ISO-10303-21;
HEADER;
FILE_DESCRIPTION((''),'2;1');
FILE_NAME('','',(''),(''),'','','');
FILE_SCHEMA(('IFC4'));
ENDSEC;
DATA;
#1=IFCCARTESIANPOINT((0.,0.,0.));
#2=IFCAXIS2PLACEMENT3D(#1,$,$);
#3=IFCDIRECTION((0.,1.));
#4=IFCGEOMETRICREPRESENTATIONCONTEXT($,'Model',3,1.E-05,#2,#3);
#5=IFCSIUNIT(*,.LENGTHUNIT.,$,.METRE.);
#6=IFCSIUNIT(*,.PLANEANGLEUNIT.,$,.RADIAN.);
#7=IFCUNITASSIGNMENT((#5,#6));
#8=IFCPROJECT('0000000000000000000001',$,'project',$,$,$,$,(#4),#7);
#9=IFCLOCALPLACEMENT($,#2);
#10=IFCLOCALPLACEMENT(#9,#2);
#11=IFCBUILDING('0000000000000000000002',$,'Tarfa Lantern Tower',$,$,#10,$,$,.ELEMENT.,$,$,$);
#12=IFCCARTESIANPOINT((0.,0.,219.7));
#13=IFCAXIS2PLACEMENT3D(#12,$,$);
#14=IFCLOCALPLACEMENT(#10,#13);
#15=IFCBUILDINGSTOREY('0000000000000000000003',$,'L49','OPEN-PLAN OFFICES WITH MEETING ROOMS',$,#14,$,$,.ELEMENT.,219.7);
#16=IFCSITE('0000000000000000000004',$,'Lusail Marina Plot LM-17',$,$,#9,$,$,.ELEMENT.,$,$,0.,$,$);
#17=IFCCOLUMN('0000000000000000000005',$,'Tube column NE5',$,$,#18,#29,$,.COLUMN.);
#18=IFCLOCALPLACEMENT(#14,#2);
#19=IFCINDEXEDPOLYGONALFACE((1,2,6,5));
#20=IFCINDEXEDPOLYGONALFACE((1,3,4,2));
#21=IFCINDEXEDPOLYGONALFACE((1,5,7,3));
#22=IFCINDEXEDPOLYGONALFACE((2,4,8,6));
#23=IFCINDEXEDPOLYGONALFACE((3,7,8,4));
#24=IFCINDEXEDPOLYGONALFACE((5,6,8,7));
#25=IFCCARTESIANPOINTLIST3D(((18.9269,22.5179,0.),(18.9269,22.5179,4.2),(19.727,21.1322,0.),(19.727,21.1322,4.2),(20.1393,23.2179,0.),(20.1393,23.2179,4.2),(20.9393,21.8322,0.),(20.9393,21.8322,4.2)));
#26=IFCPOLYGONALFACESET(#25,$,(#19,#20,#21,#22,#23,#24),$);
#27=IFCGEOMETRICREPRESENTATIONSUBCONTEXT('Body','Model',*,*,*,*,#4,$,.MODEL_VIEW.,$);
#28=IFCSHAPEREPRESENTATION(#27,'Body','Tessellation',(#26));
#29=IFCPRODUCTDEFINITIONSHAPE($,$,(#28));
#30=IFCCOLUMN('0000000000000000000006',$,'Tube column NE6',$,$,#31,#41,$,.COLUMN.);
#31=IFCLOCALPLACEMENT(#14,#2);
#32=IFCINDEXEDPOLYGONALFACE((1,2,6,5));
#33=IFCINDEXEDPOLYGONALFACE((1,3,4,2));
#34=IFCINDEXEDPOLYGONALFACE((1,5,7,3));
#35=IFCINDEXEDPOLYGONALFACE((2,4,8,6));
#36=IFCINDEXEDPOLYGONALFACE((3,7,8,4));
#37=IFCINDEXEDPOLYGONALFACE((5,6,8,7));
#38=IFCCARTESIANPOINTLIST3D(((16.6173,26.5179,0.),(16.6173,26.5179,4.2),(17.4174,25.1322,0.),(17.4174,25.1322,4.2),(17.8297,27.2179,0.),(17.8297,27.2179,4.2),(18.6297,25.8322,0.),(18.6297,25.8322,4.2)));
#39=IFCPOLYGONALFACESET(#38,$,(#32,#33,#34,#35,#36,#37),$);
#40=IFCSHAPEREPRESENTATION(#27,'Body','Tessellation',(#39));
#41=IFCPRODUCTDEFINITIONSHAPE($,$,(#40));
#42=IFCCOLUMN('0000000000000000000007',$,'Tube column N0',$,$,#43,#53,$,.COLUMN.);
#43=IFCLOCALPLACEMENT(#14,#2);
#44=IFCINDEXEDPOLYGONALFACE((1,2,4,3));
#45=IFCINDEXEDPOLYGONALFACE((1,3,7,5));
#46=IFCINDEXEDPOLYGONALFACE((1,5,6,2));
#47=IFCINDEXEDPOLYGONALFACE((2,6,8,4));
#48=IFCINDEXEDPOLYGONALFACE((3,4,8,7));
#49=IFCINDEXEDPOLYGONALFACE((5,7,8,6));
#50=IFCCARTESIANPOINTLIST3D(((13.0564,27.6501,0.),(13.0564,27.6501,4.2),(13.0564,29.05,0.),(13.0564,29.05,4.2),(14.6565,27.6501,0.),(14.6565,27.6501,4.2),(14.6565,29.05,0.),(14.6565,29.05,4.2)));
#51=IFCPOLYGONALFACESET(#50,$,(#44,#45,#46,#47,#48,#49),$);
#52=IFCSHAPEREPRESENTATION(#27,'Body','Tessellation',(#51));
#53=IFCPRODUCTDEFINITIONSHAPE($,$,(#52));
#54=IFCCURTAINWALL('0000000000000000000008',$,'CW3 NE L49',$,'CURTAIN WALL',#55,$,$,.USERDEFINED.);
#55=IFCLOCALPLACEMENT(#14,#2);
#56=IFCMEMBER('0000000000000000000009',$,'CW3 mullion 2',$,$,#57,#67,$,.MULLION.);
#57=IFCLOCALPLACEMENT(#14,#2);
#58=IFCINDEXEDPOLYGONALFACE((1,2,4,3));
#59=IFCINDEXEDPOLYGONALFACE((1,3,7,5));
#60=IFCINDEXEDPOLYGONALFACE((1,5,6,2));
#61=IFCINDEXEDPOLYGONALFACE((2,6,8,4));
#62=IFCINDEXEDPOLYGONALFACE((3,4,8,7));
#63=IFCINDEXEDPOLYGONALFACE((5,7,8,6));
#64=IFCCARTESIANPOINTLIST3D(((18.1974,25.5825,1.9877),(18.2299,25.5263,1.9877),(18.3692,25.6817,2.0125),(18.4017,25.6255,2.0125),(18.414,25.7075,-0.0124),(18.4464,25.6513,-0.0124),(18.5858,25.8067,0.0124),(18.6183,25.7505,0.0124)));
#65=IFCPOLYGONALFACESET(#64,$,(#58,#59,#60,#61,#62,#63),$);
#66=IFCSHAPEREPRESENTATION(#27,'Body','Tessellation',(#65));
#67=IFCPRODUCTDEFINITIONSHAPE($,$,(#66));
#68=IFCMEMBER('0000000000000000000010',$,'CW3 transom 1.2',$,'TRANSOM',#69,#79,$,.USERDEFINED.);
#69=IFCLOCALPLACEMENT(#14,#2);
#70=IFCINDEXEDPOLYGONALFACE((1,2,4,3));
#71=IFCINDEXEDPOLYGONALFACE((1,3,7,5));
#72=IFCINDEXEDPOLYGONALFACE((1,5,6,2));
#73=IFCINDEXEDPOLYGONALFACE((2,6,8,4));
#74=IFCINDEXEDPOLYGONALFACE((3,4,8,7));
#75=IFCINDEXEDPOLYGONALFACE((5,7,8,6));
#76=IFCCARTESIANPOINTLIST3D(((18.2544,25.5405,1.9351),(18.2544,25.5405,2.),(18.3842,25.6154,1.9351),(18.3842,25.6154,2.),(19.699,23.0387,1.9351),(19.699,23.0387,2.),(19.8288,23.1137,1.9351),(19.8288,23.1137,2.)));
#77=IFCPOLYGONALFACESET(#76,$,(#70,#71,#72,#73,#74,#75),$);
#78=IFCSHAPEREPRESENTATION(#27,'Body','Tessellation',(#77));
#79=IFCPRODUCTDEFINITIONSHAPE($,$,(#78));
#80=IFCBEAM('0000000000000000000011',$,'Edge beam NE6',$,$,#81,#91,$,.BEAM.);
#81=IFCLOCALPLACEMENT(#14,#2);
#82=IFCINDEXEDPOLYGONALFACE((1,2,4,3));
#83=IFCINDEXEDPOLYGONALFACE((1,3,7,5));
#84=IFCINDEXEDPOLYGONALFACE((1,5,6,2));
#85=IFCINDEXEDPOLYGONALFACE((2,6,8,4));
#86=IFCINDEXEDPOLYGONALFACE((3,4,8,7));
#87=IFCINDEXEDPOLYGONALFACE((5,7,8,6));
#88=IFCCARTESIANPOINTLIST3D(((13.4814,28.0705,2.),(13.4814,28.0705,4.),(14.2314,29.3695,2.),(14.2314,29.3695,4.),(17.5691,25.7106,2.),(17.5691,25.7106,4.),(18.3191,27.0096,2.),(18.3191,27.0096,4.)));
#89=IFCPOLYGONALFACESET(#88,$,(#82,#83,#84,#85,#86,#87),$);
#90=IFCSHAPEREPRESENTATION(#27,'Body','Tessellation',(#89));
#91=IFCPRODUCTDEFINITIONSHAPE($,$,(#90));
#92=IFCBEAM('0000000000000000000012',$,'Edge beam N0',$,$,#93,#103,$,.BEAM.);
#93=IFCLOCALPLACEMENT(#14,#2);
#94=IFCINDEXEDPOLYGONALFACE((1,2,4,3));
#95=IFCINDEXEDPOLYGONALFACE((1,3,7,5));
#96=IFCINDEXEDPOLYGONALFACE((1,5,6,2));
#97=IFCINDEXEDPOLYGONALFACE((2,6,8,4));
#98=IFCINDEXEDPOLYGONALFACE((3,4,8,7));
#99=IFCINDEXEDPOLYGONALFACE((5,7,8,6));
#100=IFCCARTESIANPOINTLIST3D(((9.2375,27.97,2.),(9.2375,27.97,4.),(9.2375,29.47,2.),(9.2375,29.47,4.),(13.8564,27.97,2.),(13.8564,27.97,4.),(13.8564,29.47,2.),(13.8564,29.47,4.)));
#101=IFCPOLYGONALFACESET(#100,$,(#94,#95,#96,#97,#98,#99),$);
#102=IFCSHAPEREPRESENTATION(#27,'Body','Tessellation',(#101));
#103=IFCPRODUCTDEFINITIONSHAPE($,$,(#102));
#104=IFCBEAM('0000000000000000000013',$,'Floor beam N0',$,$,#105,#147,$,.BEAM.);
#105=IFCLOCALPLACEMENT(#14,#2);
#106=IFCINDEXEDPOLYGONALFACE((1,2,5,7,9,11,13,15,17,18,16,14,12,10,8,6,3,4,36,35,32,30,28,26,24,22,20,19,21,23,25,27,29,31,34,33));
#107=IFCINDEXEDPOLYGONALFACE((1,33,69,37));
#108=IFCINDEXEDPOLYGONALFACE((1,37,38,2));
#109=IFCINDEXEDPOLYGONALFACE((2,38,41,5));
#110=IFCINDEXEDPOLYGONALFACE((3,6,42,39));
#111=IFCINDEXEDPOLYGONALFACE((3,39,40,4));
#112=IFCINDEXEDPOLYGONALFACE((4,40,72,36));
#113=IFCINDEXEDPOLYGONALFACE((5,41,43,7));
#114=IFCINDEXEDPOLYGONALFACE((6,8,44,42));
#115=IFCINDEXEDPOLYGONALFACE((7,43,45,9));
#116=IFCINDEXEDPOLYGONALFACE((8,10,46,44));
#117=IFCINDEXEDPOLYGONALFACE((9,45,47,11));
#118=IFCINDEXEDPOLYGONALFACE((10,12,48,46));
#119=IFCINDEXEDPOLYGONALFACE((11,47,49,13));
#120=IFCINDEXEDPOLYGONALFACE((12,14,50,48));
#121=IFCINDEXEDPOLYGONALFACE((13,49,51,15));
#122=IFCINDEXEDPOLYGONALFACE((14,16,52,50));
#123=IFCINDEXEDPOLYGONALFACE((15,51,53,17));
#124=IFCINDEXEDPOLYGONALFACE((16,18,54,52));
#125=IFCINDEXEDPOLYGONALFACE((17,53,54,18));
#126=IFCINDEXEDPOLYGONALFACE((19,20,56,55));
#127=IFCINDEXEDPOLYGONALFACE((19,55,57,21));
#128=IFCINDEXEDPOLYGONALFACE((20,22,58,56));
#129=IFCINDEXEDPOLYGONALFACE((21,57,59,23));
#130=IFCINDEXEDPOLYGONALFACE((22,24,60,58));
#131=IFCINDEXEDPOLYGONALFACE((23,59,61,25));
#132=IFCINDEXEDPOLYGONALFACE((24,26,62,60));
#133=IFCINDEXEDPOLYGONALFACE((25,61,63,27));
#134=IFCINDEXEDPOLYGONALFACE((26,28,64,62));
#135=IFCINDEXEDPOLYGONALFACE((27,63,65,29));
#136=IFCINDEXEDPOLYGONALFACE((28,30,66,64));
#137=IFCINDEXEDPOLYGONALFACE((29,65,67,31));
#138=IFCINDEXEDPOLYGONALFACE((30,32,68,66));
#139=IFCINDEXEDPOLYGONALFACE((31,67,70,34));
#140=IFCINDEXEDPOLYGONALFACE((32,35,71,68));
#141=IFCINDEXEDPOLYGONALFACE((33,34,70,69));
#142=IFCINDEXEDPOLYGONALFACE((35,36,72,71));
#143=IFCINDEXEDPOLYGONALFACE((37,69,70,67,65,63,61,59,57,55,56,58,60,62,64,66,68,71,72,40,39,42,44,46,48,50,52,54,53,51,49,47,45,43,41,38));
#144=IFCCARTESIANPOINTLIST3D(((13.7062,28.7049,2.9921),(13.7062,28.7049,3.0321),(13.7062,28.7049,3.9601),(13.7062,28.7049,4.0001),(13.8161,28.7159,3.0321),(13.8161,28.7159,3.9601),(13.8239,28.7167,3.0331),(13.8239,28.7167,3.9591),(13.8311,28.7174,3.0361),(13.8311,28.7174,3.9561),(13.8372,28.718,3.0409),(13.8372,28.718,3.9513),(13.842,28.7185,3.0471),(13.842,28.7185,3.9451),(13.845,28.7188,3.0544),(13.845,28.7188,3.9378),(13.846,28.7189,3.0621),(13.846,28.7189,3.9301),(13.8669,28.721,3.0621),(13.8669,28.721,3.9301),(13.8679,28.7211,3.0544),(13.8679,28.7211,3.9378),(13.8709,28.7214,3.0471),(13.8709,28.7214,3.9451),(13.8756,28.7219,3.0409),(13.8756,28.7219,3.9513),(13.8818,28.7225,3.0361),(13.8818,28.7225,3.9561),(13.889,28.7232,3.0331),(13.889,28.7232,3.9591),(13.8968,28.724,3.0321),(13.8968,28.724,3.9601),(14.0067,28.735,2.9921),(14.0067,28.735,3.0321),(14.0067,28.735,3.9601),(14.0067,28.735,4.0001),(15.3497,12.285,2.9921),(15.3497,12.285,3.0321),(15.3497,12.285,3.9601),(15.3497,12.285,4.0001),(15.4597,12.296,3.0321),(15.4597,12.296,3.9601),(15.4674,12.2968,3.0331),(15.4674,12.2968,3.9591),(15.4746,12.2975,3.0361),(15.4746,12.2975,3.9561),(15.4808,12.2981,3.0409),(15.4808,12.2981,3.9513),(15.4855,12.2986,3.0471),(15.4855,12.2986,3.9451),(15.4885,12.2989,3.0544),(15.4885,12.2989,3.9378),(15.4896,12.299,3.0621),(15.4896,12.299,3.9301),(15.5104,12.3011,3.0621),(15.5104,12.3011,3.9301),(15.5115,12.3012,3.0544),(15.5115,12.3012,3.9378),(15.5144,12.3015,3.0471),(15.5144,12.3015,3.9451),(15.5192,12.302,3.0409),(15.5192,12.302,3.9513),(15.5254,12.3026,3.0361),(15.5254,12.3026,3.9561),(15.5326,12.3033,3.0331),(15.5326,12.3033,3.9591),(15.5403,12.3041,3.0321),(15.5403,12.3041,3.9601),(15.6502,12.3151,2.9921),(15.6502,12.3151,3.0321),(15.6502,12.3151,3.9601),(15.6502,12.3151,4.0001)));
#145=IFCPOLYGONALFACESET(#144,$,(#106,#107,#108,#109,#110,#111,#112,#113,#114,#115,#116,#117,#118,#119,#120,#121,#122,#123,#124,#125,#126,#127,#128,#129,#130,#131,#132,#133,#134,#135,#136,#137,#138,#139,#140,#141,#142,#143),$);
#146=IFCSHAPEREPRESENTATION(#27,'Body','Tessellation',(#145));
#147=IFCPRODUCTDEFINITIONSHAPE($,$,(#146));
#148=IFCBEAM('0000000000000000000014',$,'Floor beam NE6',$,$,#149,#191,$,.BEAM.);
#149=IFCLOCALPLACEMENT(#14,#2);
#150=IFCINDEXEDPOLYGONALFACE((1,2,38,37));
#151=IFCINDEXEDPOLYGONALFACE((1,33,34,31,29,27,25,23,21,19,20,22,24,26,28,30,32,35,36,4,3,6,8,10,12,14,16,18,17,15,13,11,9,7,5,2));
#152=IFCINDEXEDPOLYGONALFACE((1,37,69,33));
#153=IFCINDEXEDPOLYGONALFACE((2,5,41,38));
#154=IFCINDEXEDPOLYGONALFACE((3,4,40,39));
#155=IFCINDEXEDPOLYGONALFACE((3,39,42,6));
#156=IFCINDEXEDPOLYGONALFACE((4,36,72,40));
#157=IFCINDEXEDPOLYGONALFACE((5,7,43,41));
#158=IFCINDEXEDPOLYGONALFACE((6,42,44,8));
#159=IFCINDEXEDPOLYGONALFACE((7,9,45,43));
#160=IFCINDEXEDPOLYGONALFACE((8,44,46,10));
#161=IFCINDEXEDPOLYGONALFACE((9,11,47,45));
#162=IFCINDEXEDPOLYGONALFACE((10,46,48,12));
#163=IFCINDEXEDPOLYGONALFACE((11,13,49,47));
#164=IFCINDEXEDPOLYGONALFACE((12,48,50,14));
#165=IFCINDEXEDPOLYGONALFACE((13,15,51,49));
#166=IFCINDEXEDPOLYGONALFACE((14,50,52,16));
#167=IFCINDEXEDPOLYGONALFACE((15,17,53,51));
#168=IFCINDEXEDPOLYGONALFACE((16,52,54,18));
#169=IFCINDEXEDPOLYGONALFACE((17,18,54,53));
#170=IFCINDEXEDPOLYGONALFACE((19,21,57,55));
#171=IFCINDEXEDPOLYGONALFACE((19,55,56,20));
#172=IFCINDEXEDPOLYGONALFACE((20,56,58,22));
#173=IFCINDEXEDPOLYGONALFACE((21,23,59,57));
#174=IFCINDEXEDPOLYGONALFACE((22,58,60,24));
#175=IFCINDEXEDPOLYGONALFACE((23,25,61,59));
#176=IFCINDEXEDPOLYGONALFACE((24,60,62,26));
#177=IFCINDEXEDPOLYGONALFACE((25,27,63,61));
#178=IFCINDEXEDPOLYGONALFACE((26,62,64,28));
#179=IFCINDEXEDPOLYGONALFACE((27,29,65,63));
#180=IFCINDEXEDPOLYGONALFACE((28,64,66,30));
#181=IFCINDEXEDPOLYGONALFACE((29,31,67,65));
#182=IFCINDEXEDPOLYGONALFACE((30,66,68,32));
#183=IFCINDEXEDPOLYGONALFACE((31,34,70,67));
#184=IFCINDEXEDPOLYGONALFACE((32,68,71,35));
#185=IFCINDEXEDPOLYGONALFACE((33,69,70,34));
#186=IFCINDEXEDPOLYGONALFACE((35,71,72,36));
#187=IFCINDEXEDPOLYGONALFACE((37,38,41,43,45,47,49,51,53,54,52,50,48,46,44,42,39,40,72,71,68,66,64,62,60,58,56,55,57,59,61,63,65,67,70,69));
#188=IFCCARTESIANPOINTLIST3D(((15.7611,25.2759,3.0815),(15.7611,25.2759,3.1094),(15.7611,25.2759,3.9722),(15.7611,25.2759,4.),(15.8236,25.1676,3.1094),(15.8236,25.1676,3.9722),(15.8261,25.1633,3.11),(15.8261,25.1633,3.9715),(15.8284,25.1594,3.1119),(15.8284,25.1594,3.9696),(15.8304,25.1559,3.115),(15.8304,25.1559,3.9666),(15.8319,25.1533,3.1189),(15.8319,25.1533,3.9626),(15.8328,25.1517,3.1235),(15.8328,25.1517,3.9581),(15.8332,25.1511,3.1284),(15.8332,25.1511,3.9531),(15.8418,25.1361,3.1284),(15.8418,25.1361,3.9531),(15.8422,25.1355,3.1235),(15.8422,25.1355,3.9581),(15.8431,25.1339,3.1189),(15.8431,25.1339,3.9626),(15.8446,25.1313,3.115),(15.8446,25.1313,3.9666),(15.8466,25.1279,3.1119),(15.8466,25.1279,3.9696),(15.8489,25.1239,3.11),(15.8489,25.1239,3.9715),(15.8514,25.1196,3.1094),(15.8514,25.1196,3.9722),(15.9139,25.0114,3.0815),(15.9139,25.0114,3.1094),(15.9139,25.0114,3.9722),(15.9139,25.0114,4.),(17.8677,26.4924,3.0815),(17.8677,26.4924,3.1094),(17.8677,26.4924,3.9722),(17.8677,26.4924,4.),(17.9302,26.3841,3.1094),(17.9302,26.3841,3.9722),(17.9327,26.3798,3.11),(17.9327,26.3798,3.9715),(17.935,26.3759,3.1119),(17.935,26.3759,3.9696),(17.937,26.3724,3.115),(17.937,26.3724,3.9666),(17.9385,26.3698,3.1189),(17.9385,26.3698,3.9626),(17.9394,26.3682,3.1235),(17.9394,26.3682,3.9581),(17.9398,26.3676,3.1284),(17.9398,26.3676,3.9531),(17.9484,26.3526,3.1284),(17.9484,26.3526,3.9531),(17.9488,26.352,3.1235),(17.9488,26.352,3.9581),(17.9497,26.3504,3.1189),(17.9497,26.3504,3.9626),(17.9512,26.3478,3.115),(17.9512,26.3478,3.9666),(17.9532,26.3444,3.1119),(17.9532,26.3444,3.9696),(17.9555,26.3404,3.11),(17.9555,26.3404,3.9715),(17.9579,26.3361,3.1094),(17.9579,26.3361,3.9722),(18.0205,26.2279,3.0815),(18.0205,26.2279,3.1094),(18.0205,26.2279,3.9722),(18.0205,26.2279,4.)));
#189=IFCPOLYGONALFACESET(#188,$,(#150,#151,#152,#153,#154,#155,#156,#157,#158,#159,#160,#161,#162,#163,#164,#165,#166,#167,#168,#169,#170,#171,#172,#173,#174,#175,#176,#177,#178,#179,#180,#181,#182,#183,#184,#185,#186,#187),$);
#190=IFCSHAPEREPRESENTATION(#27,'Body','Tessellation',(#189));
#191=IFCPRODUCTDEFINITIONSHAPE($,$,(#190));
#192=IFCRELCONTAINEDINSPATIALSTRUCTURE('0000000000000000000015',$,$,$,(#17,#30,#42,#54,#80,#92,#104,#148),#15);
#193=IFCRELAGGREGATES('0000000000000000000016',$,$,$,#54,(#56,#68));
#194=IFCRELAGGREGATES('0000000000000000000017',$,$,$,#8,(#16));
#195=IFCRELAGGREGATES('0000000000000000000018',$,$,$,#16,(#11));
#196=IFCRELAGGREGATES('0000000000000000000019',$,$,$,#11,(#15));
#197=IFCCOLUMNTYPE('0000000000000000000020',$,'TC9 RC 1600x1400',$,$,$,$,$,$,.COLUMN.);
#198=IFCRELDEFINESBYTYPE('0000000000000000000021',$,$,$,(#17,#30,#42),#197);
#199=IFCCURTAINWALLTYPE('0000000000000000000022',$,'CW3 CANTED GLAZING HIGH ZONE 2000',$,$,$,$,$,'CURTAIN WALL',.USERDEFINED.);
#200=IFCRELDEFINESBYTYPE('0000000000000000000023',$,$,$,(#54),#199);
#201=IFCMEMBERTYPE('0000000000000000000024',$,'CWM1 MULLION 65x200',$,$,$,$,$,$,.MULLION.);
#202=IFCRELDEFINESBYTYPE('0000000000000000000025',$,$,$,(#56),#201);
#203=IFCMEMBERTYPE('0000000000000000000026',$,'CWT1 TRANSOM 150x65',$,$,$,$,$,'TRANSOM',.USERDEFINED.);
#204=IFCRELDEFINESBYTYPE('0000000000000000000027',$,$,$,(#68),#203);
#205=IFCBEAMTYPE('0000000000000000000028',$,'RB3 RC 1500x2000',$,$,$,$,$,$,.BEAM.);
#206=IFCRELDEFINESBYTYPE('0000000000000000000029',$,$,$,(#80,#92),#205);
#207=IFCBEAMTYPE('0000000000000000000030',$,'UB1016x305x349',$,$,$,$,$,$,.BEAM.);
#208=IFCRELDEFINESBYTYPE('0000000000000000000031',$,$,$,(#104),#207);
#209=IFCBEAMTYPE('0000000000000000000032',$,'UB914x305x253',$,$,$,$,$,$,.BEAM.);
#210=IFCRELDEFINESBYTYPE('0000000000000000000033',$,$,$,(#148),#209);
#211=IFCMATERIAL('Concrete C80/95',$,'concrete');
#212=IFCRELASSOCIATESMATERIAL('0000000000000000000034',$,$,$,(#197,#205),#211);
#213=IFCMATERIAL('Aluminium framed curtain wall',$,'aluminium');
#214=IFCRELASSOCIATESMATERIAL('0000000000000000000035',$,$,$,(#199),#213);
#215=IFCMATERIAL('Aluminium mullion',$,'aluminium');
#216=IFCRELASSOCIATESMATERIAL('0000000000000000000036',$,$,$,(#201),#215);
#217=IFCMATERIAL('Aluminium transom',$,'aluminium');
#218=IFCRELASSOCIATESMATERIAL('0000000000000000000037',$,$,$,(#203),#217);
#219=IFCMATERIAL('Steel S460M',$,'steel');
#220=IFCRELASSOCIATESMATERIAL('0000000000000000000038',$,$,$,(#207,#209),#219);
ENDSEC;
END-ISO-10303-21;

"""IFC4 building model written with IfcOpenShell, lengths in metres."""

from ifc_helpers import new_model, si_unit, direction, frame, origin, origin_2d, place, context, subcontext, project, spatial, rectangle, i_section, extrude, material, material_profile, profile_set, type_object, element, aggregate, save


model = new_model("IFC4")

# Units and contexts
model_context = context("Model", 3, precision=1e-05, world=origin(), true_north=direction((0.0, 1.0)))
body_context = subcontext(model_context, "Body", "Model", "MODEL_VIEW")
ifc_project = project(units=[si_unit("LENGTHUNIT", "METRE"), si_unit("PLANEANGLEUNIT", "RADIAN")], contexts=[model_context])

# Site, building, storey
site_placement = place(None, origin())
site = spatial("IfcSite", under=ifc_project, at=site_placement, Name="Lusail Marina Plot LM-17", CompositionType="ELEMENT", RefElevation=0.0)
building_placement = place(site_placement, origin())
building = spatial("IfcBuilding", under=site, at=building_placement, Name="Tarfa Lantern Tower", CompositionType="ELEMENT")
storey_placement = place(building_placement, frame((0.0, 0.0, 219.7)))
storey = spatial("IfcBuildingStorey", under=building, at=storey_placement, Name="L49", Description="OPEN-PLAN OFFICES WITH MEETING ROOMS", CompositionType="ELEMENT", Elevation=219.7)

# Columns
ifc_material_1 = material(Name="Concrete C80/95", Category="concrete")
ifc_material_profile_1 = material_profile(ifc_material_1, rectangle(XDim=1.6001, YDim=1.3999, at=origin_2d()), Name="RC 1600x1400")
ifc_profile_set_1 = profile_set([ifc_material_profile_1], Name="Concrete C80/95")
column_type = type_object("IfcColumnType", Name="TC9 RC 1600x1400", PredefinedType="COLUMN", material=ifc_profile_set_1)
for number, where, z_axis, x_axis, name in (
    (1, (19.9331, 22.175, 0.0), (0.0, 0.0, 1.0), (-0.5, 0.866025, 0.0), "Tube column NE5"),
    (2, (17.6235, 26.175, 0.0), (0.0, 0.0, 1.0), (-0.5, 0.866025, 0.0), "Tube column NE6"),
    (3, (13.8564, 28.3501, 0.0), (0.0, 0.0, 1.0), (-1.0, 0.0, 0.0), "Tube column N0"),
):
    element("IfcColumn", number, at=place(storey_placement, frame(where, z_axis=z_axis, x_axis=x_axis)), inside=storey, type_object=column_type, Name=name, PredefinedType="COLUMN", context=body_context, shape_type="SweptSolid", body=[
        extrude(rectangle(XDim=1.6001, YDim=1.3999, at=origin_2d()), origin(), (0.0, 0.0, 1.0), 4.2),
    ])

# Curtain wall, members
ifc_material_2 = material(Name="Aluminium framed curtain wall", Category="aluminium")
curtain_wall_type = type_object("IfcCurtainWallType", Name="CW3 CANTED GLAZING HIGH ZONE 2000", ElementType="CURTAIN WALL", PredefinedType="USERDEFINED", material=ifc_material_2)
curtain_wall_placement = place(storey_placement, origin())
curtain_wall = element("IfcCurtainWall", 4, at=curtain_wall_placement, inside=storey, type_object=curtain_wall_type, Name="CW3 NE L49", ObjectType="CURTAIN WALL", PredefinedType="USERDEFINED")
ifc_material_3 = material(Name="Aluminium mullion", Category="aluminium")
ifc_material_profile_2 = material_profile(ifc_material_3, rectangle(XDim=0.0649, YDim=0.2, at=origin_2d()), Name="AL MULLION 65x200")
ifc_profile_set_2 = profile_set([ifc_material_profile_2], Name="Aluminium mullion")
member_type_1 = type_object("IfcMemberType", Name="CWM1 MULLION 65x200", PredefinedType="MULLION", material=ifc_profile_set_2)
member_1_placement = place(storey_placement, frame((18.5161, 25.729, 0.0), z_axis=(-0.10744, -0.062017, 0.992275), x_axis=(0.49992, -0.866072, 0.0)))
member_1 = element("IfcMember", 5, at=member_1_placement, type_object=member_type_1, Name="CW3 mullion 2", PredefinedType="MULLION", context=body_context, shape_type="SweptSolid", body=[
    extrude(rectangle(XDim=0.0649, YDim=0.2, at=origin_2d()), origin(), (0.0, 0.0, 1.0), 2.0156),
])
ifc_material_4 = material(Name="Aluminium transom", Category="aluminium")
ifc_material_profile_3 = material_profile(ifc_material_4, rectangle(XDim=0.1499, YDim=0.0649, at=origin_2d()), Name="AL TRANSOM 150x65")
ifc_profile_set_3 = profile_set([ifc_material_profile_3], Name="Aluminium transom")
member_type_2 = type_object("IfcMemberType", Name="CWT1 TRANSOM 150x65", ElementType="TRANSOM", PredefinedType="USERDEFINED", material=ifc_profile_set_3)
member_2_placement = place(storey_placement, frame((19.7639, 23.0762, 1.9675), z_axis=(-0.500057, 0.865993, 0.0), x_axis=(-0.865993, -0.500057, 0.0)))
member_2 = element("IfcMember", 6, at=member_2_placement, type_object=member_type_2, Name="CW3 transom 1.2", ObjectType="TRANSOM", PredefinedType="USERDEFINED", context=body_context, shape_type="SweptSolid", body=[
    extrude(rectangle(XDim=0.1499, YDim=0.0649, at=origin_2d()), origin(), (0.0, 0.0, 1.0), 2.8889),
])
aggregate(curtain_wall, [member_1, member_2])

# Beams
ifc_material_profile_4 = material_profile(ifc_material_1, rectangle(XDim=1.5, YDim=2.0, at=origin_2d()), Name="RC 1500x2000")
ifc_profile_set_4 = profile_set([ifc_material_profile_4], Name="Concrete C80/95")
beam_type_1 = type_object("IfcBeamType", Name="RB3 RC 1500x2000", PredefinedType="BEAM", material=ifc_profile_set_4)
beam_1_placement = place(storey_placement, frame((17.9441, 26.3601, 3.0), z_axis=(-0.866038, 0.499978, 0.0), x_axis=(-0.499978, -0.866038, 0.0)))
element("IfcBeam", 7, at=beam_1_placement, inside=storey, type_object=beam_type_1, Name="Edge beam NE6", PredefinedType="BEAM", context=body_context, shape_type="SweptSolid", body=[
    extrude(rectangle(XDim=1.5, YDim=2.0, at=origin_2d()), origin(), (0.0, 0.0, 1.0), 4.72),
])
beam_2_placement = place(storey_placement, frame((13.8564, 28.72, 3.0), z_axis=(-1.0, 0.0, 0.0), x_axis=(0.0, -1.0, 0.0)))
element("IfcBeam", 8, at=beam_2_placement, inside=storey, type_object=beam_type_1, Name="Edge beam N0", PredefinedType="BEAM", context=body_context, shape_type="SweptSolid", body=[
    extrude(rectangle(XDim=1.5, YDim=2.0, at=origin_2d()), origin(), (0.0, 0.0, 1.0), 4.6189),
])
ifc_material_5 = material(Name="Steel S460M", Category="steel")
ifc_material_profile_5 = material_profile(ifc_material_5, i_section(OverallWidth=0.302, OverallDepth=1.0081, WebThickness=0.021, FlangeThickness=0.04, FilletRadius=0.03, at=origin_2d()), Name="UB1016x305x349")
ifc_profile_set_5 = profile_set([ifc_material_profile_5], Name="Steel S460M")
beam_type_2 = type_object("IfcBeamType", Name="UB1016x305x349", PredefinedType="BEAM", material=ifc_profile_set_5)
beam_3_placement = place(storey_placement, frame((13.8564, 28.72, 3.4961), z_axis=(0.099597, -0.995028, 0.0), x_axis=(0.995028, 0.099597, 0.0)))
element("IfcBeam", 9, at=beam_3_placement, inside=storey, type_object=beam_type_2, Name="Floor beam N0", PredefinedType="BEAM", context=body_context, shape_type="SweptSolid", body=[
    extrude(i_section(OverallWidth=0.302, OverallDepth=1.0081, WebThickness=0.021, FlangeThickness=0.04, FilletRadius=0.03, at=origin_2d()), origin(), (0.0, 0.0, 1.0), 16.502),
])
ifc_material_profile_6 = material_profile(ifc_material_5, i_section(OverallWidth=0.3054, OverallDepth=0.9185, WebThickness=0.0173, FlangeThickness=0.0278, FilletRadius=0.019, at=origin_2d()), Name="UB914x305x253")
ifc_profile_set_6 = profile_set([ifc_material_profile_6], Name="Steel S460M")
beam_type_3 = type_object("IfcBeamType", Name="UB914x305x253", PredefinedType="BEAM", material=ifc_profile_set_6)
beam_4_placement = place(storey_placement, frame((17.9441, 26.3601, 3.5408), z_axis=(-0.86598, -0.500079, 0.0), x_axis=(0.500079, -0.86598, 0.0)))
element("IfcBeam", 10, at=beam_4_placement, inside=storey, type_object=beam_type_3, Name="Floor beam NE6", PredefinedType="BEAM", context=body_context, shape_type="SweptSolid", body=[
    extrude(i_section(OverallWidth=0.3054, OverallDepth=0.9185, WebThickness=0.0173, FlangeThickness=0.0278, FilletRadius=0.019, at=origin_2d()), origin(), (0.0, 0.0, 1.0), 2.4326),
])

save(model, "model.ifc")
